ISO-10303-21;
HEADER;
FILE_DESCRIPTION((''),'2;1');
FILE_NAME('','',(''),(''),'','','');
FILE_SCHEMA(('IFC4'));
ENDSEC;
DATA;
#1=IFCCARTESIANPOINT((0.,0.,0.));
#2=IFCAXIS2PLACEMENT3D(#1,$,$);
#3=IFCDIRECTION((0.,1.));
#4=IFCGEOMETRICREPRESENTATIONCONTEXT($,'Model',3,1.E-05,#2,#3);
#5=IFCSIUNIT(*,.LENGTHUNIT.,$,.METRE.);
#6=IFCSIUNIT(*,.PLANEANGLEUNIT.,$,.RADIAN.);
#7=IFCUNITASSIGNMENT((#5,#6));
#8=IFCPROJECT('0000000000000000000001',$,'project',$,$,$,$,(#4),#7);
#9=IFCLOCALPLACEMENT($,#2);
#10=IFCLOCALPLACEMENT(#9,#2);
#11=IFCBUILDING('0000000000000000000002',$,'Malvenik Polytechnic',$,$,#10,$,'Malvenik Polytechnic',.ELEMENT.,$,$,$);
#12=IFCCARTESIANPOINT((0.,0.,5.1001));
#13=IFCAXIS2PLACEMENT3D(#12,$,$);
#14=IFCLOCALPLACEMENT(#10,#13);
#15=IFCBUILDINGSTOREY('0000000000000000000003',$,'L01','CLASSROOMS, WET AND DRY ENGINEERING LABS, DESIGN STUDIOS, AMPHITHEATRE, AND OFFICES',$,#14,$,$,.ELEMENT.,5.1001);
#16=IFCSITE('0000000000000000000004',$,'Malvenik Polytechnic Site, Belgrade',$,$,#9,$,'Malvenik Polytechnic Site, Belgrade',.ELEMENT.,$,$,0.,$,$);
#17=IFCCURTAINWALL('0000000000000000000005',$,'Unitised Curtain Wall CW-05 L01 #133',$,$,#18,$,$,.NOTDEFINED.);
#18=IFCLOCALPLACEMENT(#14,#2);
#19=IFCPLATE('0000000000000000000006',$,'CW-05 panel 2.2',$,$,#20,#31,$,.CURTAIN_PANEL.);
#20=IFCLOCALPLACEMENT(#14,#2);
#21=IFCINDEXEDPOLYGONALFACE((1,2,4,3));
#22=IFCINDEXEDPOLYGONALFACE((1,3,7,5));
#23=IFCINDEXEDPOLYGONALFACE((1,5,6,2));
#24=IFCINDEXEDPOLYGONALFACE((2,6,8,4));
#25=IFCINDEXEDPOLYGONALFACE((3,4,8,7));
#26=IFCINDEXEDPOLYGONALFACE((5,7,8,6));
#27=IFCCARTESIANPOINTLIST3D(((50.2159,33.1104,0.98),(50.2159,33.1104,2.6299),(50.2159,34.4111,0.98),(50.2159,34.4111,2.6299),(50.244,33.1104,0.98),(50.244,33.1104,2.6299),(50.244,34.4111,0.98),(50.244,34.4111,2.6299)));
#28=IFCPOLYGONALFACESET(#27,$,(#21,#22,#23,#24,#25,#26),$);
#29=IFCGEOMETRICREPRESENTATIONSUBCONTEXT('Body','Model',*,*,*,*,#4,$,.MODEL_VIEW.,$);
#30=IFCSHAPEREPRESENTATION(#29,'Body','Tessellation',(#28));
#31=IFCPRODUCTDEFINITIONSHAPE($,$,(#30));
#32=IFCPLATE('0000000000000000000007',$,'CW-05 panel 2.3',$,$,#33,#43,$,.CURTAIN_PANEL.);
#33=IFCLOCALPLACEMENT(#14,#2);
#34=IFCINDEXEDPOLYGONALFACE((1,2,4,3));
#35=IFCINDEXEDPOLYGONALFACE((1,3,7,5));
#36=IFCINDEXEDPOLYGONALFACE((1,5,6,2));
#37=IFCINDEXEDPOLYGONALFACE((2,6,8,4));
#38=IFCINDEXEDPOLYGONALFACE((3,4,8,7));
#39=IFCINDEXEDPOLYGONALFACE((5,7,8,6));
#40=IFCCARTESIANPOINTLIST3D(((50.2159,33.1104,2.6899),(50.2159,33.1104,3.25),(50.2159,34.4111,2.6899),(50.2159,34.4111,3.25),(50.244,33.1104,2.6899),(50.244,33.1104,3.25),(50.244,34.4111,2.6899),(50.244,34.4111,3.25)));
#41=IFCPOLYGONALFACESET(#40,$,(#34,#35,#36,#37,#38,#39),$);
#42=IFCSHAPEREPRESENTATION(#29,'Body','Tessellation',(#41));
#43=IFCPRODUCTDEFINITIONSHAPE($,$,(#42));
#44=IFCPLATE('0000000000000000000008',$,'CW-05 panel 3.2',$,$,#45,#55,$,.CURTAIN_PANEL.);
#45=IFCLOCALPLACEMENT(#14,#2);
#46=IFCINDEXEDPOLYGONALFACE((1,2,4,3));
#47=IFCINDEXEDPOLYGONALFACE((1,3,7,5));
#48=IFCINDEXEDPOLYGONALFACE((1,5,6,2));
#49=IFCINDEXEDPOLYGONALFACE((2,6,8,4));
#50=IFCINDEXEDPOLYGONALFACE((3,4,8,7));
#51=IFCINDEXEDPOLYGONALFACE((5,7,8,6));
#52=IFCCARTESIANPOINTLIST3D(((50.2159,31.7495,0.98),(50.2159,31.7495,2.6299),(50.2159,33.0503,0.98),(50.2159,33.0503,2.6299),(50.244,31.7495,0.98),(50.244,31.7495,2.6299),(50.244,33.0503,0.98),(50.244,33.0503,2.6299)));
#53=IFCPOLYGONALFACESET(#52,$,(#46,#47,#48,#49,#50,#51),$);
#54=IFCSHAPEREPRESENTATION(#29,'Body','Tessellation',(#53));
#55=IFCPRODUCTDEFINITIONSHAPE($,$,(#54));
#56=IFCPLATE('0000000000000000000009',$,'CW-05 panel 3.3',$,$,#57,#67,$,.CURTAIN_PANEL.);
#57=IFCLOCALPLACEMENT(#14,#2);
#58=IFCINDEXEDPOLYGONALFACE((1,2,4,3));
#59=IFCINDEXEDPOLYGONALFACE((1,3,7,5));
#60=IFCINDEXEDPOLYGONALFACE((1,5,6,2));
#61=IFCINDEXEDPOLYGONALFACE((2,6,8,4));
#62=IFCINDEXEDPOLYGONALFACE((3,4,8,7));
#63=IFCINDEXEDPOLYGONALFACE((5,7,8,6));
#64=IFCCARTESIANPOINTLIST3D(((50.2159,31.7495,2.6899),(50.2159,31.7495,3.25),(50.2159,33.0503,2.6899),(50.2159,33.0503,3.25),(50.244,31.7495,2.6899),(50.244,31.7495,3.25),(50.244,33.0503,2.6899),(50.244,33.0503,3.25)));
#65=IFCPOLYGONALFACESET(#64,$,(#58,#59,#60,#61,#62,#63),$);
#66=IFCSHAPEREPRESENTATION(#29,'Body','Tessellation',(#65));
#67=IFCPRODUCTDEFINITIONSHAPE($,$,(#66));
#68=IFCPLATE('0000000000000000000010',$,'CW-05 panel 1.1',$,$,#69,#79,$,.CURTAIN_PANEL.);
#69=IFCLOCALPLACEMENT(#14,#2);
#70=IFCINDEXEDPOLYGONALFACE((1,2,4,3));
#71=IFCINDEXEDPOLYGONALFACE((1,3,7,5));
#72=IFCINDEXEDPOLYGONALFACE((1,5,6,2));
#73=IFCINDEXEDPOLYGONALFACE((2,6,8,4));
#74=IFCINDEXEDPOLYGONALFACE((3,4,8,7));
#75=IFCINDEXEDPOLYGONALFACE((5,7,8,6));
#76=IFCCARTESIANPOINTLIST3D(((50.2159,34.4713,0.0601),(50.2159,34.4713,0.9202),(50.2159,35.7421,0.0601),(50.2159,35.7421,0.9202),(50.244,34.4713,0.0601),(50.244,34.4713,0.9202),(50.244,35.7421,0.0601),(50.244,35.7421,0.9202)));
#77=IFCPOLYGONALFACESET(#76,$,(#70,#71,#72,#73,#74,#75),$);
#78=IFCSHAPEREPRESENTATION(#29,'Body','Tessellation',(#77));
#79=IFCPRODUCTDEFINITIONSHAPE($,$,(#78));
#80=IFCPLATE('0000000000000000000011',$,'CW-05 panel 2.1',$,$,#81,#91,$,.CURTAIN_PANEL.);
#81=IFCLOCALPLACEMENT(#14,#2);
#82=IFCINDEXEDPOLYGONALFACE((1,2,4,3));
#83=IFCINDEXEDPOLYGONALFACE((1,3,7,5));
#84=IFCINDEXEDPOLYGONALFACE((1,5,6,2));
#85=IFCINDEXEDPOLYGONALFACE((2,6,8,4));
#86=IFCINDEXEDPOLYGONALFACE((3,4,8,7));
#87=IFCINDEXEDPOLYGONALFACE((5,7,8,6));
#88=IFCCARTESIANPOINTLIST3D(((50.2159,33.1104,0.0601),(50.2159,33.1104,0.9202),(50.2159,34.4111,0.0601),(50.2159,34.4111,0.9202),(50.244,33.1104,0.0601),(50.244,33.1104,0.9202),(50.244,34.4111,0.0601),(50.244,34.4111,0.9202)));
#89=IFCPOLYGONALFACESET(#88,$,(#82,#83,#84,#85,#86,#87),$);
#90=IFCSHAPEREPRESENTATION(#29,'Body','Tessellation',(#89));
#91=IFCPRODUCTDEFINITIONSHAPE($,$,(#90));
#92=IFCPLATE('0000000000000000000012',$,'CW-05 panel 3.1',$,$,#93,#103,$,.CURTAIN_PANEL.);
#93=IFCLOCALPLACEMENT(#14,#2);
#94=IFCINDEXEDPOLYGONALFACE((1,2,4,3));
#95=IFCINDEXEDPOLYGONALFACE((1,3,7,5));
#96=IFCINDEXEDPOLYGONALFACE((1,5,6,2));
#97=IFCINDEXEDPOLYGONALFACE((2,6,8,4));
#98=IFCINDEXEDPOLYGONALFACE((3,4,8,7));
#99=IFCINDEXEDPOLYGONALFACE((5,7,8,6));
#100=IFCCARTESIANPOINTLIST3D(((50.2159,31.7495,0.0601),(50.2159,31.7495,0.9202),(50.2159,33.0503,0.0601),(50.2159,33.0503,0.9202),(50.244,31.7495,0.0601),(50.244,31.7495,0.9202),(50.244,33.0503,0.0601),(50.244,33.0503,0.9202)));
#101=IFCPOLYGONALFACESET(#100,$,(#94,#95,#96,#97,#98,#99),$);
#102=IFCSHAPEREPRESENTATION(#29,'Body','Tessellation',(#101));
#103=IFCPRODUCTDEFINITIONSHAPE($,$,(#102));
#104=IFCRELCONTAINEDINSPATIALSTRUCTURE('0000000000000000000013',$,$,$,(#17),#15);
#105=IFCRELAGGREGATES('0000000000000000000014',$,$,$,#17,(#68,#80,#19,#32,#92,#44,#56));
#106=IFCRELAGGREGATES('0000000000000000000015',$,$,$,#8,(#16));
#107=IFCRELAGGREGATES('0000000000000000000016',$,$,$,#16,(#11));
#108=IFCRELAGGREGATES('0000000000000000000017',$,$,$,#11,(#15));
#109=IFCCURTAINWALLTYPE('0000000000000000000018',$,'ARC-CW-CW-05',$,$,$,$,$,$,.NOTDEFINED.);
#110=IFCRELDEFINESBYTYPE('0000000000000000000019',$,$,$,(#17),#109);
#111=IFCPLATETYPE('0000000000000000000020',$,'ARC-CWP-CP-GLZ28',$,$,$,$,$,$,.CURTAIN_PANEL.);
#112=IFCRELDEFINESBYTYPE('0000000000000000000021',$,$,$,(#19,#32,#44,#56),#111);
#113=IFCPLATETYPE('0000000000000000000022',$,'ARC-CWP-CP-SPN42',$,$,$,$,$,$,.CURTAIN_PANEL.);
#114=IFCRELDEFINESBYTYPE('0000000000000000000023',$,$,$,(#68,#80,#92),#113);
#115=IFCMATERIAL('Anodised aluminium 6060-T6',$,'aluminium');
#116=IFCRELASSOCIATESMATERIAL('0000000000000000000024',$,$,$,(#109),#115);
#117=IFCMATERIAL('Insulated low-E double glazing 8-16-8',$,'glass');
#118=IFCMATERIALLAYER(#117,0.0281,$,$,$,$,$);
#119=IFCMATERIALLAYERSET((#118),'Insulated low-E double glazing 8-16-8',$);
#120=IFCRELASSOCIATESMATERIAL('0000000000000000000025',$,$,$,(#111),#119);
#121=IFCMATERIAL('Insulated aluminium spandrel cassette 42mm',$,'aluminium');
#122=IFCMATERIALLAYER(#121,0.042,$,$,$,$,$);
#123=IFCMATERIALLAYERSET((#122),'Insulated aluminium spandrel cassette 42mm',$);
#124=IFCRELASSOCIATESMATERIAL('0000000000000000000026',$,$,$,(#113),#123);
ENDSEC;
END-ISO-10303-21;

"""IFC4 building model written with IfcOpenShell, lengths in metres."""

from ifc_helpers import new_model, si_unit, direction, frame, origin, origin_2d, place, context, subcontext, project, spatial, rectangle, extrude, material, layer, layer_set, type_object, element, aggregate, save


model = new_model("IFC4")

# Units and contexts
model_context = context("Model", 3, precision=1e-05, world=origin(), true_north=direction((0.0, 1.0)))
body_context = subcontext(model_context, "Body", "Model", "MODEL_VIEW")
ifc_project = project(units=[si_unit("LENGTHUNIT", "METRE"), si_unit("PLANEANGLEUNIT", "RADIAN")], contexts=[model_context])

# Site, building, storey
site_placement = place(None, origin())
site = spatial("IfcSite", under=ifc_project, at=site_placement, Name="Malvenik Polytechnic Site, Belgrade", LongName="Malvenik Polytechnic Site, Belgrade", CompositionType="ELEMENT", RefElevation=0.0)
building_placement = place(site_placement, origin())
building = spatial("IfcBuilding", under=site, at=building_placement, Name="Malvenik Polytechnic", LongName="Malvenik Polytechnic", CompositionType="ELEMENT")
storey_placement = place(building_placement, frame((0.0, 0.0, 5.1001)))
storey = spatial("IfcBuildingStorey", under=building, at=storey_placement, Name="L01", Description="CLASSROOMS, WET AND DRY ENGINEERING LABS, DESIGN STUDIOS, AMPHITHEATRE, AND OFFICES", CompositionType="ELEMENT", Elevation=5.1001)

# Curtain wall, plates
ifc_material_1 = material(Name="Anodised aluminium 6060-T6", Category="aluminium")
curtain_wall_type = type_object("IfcCurtainWallType", Name="ARC-CW-CW-05", PredefinedType="NOTDEFINED", material=ifc_material_1)
curtain_wall_placement = place(storey_placement, origin())
curtain_wall = element("IfcCurtainWall", 1, at=curtain_wall_placement, inside=storey, type_object=curtain_wall_type, Name="Unitised Curtain Wall CW-05 L01 #133", PredefinedType="NOTDEFINED")
ifc_material_2 = material(Name="Insulated low-E double glazing 8-16-8", Category="glass")
ifc_layer_1 = layer(ifc_material_2, 0.0281)
ifc_layer_set_1 = layer_set([ifc_layer_1], Name="Insulated low-E double glazing 8-16-8")
plate_type_1 = type_object("IfcPlateType", Name="ARC-CWP-CP-GLZ28", PredefinedType="CURTAIN_PANEL", material=ifc_layer_set_1)
plate_1_placement = place(storey_placement, frame((50.23, 33.7607, 0.98), z_axis=(0.0, 0.0, 1.0), x_axis=(0.0, -1.0, 0.0)))
plate_1 = element("IfcPlate", 2, at=plate_1_placement, type_object=plate_type_1, Name="CW-05 panel 2.2", PredefinedType="CURTAIN_PANEL", context=body_context, shape_type="SweptSolid", body=[
    extrude(rectangle(XDim=1.3008, YDim=0.0281, at=origin_2d()), origin(), (0.0, 0.0, 1.0), 1.6499),
])
plate_2_placement = place(storey_placement, frame((50.23, 33.7607, 2.6899), z_axis=(0.0, 0.0, 1.0), x_axis=(0.0, -1.0, 0.0)))
plate_2 = element("IfcPlate", 3, at=plate_2_placement, type_object=plate_type_1, Name="CW-05 panel 2.3", PredefinedType="CURTAIN_PANEL", context=body_context, shape_type="SweptSolid", body=[
    extrude(rectangle(XDim=1.3008, YDim=0.0281, at=origin_2d()), origin(), (0.0, 0.0, 1.0), 0.5601),
])
plate_3_placement = place(storey_placement, frame((50.23, 32.3999, 0.98), z_axis=(0.0, 0.0, 1.0), x_axis=(0.0, -1.0, 0.0)))
plate_3 = element("IfcPlate", 4, at=plate_3_placement, type_object=plate_type_1, Name="CW-05 panel 3.2", PredefinedType="CURTAIN_PANEL", context=body_context, shape_type="SweptSolid", body=[
    extrude(rectangle(XDim=1.3008, YDim=0.0281, at=origin_2d()), origin(), (0.0, 0.0, 1.0), 1.6499),
])
plate_4_placement = place(storey_placement, frame((50.23, 32.3999, 2.6899), z_axis=(0.0, 0.0, 1.0), x_axis=(0.0, -1.0, 0.0)))
plate_4 = element("IfcPlate", 5, at=plate_4_placement, type_object=plate_type_1, Name="CW-05 panel 3.3", PredefinedType="CURTAIN_PANEL", context=body_context, shape_type="SweptSolid", body=[
    extrude(rectangle(XDim=1.3008, YDim=0.0281, at=origin_2d()), origin(), (0.0, 0.0, 1.0), 0.5601),
])
ifc_material_3 = material(Name="Insulated aluminium spandrel cassette 42mm", Category="aluminium")
ifc_layer_2 = layer(ifc_material_3, 0.042)
ifc_layer_set_2 = layer_set([ifc_layer_2], Name="Insulated aluminium spandrel cassette 42mm")
plate_type_2 = type_object("IfcPlateType", Name="ARC-CWP-CP-SPN42", PredefinedType="CURTAIN_PANEL", material=ifc_layer_set_2)
plate_5_placement = place(storey_placement, frame((50.23, 35.1067, 0.0601), z_axis=(0.0, 0.0, 1.0), x_axis=(0.0, -1.0, 0.0)))
plate_5 = element("IfcPlate", 6, at=plate_5_placement, type_object=plate_type_2, Name="CW-05 panel 1.1", PredefinedType="CURTAIN_PANEL", context=body_context, shape_type="SweptSolid", body=[
    extrude(rectangle(XDim=1.2708, YDim=0.0281, at=origin_2d()), origin(), (0.0, 0.0, 1.0), 0.8601),
])
plate_6_placement = place(storey_placement, frame((50.23, 33.7607, 0.0601), z_axis=(0.0, 0.0, 1.0), x_axis=(0.0, -1.0, 0.0)))
plate_6 = element("IfcPlate", 7, at=plate_6_placement, type_object=plate_type_2, Name="CW-05 panel 2.1", PredefinedType="CURTAIN_PANEL", context=body_context, shape_type="SweptSolid", body=[
    extrude(rectangle(XDim=1.3008, YDim=0.0281, at=origin_2d()), origin(), (0.0, 0.0, 1.0), 0.8601),
])
plate_7_placement = place(storey_placement, frame((50.23, 32.3999, 0.0601), z_axis=(0.0, 0.0, 1.0), x_axis=(0.0, -1.0, 0.0)))
plate_7 = element("IfcPlate", 8, at=plate_7_placement, type_object=plate_type_2, Name="CW-05 panel 3.1", PredefinedType="CURTAIN_PANEL", context=body_context, shape_type="SweptSolid", body=[
    extrude(rectangle(XDim=1.3008, YDim=0.0281, at=origin_2d()), origin(), (0.0, 0.0, 1.0), 0.8601),
])
aggregate(curtain_wall, [plate_5, plate_6, plate_1, plate_2, plate_7, plate_3, plate_4])

save(model, "model.ifc")
